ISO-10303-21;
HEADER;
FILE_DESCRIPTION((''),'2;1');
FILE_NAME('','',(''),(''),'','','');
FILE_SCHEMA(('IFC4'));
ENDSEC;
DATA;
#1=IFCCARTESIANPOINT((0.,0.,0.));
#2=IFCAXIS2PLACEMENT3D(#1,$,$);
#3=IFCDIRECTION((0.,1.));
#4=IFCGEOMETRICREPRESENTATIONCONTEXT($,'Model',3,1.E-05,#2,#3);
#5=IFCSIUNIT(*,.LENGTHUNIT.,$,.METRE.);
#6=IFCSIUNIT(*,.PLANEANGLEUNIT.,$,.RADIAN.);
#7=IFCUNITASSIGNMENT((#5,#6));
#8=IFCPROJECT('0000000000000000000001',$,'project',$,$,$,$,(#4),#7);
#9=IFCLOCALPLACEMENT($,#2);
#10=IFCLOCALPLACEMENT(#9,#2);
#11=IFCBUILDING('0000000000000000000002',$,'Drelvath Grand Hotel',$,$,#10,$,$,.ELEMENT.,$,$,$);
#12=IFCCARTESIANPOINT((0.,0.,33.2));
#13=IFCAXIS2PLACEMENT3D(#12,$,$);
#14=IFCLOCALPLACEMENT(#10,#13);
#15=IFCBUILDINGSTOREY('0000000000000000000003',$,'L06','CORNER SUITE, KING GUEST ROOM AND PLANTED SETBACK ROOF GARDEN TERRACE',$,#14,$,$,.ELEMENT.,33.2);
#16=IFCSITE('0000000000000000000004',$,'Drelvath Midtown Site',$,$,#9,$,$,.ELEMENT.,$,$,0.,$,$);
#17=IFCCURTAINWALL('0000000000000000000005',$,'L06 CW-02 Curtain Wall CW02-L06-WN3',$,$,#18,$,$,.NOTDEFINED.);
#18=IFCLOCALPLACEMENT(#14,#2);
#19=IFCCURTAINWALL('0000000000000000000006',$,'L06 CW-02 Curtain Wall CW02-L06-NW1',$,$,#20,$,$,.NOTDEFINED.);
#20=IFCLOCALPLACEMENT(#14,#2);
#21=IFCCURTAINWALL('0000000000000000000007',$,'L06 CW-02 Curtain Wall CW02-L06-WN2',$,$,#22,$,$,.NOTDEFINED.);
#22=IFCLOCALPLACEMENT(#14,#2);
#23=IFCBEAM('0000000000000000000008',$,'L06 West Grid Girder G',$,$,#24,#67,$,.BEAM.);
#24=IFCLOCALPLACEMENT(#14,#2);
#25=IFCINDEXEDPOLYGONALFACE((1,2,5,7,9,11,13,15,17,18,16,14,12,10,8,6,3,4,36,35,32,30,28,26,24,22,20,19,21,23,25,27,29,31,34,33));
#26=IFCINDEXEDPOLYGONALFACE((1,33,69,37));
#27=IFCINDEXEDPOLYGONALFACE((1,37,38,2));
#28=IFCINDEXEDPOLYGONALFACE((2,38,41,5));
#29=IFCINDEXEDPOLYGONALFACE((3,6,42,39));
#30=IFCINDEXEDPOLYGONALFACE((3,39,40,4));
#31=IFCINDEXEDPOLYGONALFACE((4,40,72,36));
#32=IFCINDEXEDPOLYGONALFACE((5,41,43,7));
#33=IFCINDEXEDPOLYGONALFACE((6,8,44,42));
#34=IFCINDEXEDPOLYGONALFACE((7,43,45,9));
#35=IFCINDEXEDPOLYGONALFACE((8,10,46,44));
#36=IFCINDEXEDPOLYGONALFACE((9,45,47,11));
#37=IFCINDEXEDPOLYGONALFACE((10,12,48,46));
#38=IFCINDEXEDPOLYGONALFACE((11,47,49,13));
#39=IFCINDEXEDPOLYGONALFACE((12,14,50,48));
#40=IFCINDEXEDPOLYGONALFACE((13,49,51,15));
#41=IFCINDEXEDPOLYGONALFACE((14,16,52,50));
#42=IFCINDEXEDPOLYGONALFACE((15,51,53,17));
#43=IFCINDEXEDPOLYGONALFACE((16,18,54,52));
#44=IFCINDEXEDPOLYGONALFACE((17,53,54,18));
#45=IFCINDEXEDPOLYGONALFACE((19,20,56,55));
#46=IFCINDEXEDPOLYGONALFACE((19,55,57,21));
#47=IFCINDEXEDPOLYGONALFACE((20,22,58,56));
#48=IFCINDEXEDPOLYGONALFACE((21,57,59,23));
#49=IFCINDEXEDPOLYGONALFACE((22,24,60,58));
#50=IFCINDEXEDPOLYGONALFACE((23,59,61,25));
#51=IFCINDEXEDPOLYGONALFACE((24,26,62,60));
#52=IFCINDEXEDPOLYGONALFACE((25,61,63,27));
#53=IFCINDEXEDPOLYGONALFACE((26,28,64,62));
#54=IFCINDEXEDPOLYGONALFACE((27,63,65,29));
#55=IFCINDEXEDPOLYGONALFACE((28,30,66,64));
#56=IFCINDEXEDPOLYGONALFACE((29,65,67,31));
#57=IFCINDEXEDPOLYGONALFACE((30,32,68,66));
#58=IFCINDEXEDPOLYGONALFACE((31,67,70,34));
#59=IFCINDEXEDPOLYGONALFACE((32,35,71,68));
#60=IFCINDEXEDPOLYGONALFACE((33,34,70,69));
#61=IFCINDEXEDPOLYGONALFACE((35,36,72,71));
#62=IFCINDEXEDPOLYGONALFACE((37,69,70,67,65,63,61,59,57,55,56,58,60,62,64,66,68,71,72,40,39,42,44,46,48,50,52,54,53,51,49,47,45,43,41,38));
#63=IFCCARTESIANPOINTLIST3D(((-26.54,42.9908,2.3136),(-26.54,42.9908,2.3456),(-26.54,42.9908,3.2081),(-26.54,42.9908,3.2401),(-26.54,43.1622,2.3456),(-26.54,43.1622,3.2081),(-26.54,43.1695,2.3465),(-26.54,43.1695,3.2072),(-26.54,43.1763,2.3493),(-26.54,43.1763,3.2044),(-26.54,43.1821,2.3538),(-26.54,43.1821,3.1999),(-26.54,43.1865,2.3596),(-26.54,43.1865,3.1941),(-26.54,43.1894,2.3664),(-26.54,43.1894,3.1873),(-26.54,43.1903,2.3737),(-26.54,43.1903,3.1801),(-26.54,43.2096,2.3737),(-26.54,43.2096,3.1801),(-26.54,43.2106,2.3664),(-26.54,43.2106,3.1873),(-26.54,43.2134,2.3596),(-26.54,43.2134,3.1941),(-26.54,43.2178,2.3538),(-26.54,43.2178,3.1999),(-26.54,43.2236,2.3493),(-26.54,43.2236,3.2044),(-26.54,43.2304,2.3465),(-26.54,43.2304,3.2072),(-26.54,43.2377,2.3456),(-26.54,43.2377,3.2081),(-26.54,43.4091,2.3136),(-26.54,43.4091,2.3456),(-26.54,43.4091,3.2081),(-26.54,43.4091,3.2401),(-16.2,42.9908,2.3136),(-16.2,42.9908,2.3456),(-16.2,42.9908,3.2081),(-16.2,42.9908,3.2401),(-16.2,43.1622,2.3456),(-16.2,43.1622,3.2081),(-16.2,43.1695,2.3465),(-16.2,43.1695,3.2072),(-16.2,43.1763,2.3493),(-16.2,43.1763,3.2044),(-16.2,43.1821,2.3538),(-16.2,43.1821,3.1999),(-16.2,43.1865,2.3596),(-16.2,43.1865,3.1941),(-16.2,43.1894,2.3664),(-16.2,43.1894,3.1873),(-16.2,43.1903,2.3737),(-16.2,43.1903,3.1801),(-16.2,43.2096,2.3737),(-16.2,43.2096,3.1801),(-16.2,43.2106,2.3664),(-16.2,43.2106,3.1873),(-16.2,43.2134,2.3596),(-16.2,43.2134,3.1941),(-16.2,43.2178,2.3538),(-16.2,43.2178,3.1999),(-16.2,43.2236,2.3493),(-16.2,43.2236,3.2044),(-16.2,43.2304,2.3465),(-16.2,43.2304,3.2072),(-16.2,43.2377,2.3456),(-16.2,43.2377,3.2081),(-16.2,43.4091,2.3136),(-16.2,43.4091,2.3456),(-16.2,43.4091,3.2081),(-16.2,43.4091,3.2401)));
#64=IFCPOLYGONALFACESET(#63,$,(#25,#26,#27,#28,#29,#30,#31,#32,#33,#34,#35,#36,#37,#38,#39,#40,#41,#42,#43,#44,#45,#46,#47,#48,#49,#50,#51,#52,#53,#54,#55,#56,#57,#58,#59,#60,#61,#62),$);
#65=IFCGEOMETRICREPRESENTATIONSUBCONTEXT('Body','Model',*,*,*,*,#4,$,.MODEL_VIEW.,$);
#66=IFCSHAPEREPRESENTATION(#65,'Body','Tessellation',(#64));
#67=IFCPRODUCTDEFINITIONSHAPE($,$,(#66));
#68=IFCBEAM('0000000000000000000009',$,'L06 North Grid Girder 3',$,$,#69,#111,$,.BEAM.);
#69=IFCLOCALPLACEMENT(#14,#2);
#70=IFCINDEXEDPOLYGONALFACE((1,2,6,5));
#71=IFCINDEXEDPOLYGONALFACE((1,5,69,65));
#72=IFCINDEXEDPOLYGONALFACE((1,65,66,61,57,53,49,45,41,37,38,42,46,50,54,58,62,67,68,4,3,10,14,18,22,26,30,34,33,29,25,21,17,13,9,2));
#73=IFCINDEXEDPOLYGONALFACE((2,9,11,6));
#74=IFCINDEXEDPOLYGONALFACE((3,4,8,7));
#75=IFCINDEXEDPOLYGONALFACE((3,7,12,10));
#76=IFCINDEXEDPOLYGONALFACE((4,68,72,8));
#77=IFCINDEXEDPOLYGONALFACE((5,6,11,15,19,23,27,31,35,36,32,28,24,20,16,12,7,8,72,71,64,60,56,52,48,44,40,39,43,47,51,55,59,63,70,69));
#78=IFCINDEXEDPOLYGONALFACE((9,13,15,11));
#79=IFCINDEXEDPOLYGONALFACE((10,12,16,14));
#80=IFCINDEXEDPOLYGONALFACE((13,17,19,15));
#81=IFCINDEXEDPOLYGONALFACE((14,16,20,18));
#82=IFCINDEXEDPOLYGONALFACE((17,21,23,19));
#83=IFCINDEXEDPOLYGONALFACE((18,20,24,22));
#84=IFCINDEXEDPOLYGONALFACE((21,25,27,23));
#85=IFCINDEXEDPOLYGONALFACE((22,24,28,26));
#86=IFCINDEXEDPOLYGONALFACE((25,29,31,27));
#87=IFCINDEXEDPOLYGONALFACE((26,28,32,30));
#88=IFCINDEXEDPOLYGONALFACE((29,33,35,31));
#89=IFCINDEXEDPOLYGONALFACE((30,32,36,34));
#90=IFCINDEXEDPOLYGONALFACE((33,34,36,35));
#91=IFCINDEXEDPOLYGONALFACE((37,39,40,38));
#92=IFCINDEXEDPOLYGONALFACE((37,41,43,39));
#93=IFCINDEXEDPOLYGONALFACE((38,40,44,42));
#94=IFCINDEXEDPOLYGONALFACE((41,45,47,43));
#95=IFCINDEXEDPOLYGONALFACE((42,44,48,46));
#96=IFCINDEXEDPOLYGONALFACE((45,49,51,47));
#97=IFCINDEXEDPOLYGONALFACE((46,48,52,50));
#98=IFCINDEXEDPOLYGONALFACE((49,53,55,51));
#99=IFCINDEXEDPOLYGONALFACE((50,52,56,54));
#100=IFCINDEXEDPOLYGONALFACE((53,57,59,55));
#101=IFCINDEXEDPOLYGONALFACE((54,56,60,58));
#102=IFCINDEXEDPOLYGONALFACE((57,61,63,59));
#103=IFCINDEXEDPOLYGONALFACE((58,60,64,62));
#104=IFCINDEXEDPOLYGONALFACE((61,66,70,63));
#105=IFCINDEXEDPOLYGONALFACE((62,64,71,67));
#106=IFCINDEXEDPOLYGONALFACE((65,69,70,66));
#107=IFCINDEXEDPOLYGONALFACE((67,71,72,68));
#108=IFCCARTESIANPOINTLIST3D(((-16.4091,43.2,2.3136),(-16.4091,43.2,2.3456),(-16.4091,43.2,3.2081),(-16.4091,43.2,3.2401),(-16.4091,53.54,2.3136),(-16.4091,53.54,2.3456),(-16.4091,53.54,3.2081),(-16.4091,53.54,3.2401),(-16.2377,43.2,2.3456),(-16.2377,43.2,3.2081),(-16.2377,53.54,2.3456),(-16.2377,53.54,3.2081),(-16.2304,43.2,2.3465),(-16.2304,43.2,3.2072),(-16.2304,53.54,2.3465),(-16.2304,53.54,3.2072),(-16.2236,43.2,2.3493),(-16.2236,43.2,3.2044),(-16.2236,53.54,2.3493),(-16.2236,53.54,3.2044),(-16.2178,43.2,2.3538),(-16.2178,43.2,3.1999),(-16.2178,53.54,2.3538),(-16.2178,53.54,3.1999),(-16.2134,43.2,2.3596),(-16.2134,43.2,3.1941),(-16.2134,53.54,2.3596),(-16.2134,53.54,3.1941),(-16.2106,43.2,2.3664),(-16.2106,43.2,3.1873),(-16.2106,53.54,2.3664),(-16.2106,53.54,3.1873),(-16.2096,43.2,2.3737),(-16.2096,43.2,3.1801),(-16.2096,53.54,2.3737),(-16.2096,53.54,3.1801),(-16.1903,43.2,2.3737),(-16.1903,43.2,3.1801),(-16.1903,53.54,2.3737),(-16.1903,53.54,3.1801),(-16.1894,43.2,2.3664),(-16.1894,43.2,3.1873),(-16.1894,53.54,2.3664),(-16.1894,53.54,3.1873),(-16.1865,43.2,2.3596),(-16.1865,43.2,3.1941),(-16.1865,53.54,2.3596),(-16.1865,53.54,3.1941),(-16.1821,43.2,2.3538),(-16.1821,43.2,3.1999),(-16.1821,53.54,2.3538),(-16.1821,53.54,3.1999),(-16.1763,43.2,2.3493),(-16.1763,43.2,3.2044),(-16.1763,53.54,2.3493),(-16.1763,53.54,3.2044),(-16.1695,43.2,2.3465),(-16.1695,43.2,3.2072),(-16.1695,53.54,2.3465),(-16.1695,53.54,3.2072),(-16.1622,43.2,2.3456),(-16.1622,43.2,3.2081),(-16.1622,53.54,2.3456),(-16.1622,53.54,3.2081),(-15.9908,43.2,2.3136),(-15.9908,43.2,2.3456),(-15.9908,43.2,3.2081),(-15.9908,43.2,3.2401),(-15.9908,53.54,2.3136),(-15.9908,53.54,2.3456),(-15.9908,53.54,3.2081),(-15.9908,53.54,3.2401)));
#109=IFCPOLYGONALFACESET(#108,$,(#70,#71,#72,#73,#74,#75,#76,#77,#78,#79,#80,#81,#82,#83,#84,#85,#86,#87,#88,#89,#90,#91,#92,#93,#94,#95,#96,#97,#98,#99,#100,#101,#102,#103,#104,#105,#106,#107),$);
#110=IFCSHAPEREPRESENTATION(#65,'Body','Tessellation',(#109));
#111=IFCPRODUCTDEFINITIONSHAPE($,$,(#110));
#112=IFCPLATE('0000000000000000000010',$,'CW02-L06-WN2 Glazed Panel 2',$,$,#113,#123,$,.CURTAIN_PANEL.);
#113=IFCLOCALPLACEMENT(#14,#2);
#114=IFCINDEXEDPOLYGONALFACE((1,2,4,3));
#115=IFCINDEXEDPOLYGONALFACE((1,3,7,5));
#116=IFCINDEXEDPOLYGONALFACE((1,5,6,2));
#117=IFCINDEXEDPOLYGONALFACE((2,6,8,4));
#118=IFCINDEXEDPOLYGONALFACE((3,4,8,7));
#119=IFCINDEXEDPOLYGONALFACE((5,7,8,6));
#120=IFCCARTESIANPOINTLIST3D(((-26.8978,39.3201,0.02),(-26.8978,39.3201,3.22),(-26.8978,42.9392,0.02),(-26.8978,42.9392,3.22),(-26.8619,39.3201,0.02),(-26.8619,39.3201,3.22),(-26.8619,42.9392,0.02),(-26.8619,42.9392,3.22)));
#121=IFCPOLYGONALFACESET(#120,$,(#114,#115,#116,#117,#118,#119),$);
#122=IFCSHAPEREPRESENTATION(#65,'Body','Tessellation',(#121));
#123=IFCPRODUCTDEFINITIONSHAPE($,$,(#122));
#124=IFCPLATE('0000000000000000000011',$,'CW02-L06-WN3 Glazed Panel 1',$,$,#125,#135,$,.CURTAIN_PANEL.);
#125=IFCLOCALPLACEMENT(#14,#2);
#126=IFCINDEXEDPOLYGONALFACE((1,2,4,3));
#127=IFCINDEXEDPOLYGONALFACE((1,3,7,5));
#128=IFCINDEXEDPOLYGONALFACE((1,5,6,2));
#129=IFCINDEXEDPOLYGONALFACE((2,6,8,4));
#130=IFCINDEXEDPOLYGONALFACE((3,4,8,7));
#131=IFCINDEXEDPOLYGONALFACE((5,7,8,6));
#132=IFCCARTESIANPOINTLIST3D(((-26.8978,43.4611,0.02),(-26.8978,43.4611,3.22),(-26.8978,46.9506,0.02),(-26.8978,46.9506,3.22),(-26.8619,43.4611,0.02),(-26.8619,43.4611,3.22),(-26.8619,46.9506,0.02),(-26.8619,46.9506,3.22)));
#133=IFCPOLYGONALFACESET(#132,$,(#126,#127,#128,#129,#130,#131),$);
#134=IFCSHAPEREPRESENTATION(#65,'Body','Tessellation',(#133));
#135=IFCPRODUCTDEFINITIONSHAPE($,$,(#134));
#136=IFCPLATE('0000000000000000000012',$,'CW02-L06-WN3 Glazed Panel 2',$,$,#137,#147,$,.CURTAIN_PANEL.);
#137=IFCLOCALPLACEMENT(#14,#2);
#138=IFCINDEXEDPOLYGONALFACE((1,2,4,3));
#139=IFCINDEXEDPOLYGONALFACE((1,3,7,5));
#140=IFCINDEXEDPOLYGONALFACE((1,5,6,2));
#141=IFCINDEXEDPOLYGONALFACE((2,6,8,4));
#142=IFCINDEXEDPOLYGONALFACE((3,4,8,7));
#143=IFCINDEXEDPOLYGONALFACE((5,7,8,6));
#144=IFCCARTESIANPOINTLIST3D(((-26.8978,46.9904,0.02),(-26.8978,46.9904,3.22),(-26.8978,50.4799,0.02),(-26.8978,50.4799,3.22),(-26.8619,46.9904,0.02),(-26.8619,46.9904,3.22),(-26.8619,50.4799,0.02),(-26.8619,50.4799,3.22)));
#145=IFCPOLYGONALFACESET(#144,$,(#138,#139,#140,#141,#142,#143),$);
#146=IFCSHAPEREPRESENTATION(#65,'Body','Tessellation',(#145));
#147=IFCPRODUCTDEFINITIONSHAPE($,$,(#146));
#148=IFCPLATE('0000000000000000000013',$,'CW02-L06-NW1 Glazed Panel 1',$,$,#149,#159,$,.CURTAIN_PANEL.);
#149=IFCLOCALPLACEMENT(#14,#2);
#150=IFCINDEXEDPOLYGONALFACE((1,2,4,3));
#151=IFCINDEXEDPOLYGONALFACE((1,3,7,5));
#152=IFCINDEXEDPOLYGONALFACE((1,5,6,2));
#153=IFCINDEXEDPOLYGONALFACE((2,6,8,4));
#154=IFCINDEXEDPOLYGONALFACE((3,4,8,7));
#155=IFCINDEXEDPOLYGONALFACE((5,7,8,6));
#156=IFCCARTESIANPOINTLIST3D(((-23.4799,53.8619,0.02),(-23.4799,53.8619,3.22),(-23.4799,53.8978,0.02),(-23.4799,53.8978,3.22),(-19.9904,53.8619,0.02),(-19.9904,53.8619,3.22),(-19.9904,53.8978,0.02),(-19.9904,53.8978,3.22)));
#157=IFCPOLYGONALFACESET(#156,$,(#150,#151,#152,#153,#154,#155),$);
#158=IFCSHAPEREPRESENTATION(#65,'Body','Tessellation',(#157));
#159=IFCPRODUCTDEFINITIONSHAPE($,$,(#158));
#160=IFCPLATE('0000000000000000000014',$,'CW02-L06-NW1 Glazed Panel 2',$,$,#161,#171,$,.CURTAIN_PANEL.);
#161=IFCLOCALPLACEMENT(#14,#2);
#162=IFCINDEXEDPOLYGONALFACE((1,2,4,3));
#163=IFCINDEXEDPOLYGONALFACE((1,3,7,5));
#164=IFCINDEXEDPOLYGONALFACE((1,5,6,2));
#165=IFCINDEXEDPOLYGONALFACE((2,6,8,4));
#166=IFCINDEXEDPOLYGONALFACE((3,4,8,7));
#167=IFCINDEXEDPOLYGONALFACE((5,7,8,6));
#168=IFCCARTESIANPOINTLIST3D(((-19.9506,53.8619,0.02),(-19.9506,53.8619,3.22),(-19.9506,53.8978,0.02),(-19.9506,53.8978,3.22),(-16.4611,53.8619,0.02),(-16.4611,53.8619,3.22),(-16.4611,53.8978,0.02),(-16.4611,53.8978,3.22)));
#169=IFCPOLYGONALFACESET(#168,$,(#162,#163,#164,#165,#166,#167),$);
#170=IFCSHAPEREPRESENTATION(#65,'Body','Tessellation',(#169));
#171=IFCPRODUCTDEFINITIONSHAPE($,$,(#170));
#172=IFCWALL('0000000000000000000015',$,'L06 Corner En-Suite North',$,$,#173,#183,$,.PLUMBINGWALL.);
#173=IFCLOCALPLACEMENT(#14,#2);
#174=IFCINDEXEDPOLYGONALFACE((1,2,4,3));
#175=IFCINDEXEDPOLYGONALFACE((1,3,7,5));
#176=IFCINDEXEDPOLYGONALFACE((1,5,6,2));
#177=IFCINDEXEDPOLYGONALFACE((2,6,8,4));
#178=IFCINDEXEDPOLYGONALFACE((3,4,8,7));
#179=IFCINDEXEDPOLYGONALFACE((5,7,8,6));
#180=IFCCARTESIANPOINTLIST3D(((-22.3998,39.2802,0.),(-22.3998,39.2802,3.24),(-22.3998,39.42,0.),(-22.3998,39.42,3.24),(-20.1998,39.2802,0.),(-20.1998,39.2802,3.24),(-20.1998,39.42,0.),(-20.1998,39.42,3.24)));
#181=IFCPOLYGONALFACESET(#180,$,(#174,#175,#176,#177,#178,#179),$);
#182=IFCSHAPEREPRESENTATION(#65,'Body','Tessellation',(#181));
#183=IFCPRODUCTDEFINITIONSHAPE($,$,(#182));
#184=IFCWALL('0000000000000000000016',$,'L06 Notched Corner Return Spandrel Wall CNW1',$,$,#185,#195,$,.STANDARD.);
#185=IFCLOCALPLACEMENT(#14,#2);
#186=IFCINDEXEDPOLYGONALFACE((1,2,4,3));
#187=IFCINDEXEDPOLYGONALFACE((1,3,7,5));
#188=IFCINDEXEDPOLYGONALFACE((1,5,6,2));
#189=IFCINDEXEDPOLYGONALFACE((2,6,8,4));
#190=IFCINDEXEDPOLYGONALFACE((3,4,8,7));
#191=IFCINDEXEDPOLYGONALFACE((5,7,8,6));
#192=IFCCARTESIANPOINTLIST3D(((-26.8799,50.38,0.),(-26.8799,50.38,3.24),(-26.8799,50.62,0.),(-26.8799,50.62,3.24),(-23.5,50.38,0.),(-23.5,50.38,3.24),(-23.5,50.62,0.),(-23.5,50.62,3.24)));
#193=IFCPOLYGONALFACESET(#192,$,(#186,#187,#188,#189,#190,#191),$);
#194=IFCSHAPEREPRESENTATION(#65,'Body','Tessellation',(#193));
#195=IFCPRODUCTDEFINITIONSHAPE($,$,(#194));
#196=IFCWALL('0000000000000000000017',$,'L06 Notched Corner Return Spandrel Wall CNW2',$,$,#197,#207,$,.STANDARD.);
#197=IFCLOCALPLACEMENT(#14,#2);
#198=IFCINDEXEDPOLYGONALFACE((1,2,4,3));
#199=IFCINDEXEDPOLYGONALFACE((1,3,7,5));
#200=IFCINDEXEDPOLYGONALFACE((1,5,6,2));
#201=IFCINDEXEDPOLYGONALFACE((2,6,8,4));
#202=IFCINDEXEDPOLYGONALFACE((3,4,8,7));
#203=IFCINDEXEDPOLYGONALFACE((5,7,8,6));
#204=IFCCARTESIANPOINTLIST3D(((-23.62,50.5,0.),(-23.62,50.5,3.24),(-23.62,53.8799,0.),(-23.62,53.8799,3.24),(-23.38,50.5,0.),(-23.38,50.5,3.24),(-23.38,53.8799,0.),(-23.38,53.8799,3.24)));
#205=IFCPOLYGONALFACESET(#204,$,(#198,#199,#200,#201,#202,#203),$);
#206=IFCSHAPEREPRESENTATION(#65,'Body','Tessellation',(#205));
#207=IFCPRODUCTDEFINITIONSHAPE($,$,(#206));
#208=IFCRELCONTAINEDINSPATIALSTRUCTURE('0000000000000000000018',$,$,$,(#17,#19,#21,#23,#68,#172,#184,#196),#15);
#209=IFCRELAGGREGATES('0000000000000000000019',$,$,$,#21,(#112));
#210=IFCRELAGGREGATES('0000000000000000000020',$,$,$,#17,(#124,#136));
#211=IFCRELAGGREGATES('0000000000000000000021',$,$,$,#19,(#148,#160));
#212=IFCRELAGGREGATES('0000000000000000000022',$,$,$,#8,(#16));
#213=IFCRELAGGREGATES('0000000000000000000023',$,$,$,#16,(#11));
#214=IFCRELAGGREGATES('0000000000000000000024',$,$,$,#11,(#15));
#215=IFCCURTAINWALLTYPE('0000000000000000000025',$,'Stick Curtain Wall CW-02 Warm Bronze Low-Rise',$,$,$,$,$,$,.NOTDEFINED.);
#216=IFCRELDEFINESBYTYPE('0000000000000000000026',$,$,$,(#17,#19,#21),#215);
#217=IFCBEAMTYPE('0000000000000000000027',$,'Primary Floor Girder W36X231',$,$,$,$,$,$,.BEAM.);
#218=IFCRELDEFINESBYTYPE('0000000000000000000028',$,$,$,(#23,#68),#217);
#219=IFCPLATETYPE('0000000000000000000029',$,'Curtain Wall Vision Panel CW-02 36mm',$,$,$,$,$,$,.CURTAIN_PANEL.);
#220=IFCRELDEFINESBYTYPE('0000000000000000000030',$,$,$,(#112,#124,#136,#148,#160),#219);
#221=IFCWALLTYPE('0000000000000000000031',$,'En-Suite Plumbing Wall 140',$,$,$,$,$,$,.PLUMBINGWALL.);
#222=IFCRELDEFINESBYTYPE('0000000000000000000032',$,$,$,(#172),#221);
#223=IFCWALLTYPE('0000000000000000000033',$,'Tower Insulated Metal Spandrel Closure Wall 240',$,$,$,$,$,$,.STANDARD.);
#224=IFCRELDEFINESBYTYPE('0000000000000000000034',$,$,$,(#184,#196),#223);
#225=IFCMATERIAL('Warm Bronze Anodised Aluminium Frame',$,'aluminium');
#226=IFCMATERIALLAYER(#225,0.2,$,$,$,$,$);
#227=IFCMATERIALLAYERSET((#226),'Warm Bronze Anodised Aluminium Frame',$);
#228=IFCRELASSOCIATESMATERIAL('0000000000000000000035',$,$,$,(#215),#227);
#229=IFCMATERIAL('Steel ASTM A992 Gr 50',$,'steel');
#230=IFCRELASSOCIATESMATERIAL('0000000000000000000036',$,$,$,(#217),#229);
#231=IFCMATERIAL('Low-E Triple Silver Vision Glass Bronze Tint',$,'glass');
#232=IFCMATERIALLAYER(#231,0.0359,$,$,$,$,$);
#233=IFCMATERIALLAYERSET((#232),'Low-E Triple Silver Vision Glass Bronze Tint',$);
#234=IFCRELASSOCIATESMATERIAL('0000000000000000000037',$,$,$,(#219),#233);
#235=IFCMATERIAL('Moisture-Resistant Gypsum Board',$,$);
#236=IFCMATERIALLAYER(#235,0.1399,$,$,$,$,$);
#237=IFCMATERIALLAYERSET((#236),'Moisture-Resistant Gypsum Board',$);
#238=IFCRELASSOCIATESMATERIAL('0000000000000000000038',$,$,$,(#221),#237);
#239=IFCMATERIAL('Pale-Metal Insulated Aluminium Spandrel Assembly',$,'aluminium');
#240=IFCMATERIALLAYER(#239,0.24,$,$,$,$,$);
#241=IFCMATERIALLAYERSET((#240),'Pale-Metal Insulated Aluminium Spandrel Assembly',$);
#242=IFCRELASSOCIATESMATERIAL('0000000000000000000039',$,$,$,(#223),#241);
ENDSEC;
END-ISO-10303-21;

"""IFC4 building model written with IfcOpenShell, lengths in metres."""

from ifc_helpers import new_model, si_unit, direction, frame, frame_2d, origin, origin_2d, place, context, subcontext, project, spatial, rectangle, i_section, extrude, material, layer, layer_set, material_profile, profile_set, type_object, element, aggregate, save


model = new_model("IFC4")

# Units and contexts
model_context = context("Model", 3, precision=1e-05, world=origin(), true_north=direction((0.0, 1.0)))
body_context = subcontext(model_context, "Body", "Model", "MODEL_VIEW")
ifc_project = project(units=[si_unit("LENGTHUNIT", "METRE"), si_unit("PLANEANGLEUNIT", "RADIAN")], contexts=[model_context])

# Site, building, storey
site_placement = place(None, origin())
site = spatial("IfcSite", under=ifc_project, at=site_placement, Name="Drelvath Midtown Site", CompositionType="ELEMENT", RefElevation=0.0)
building_placement = place(site_placement, origin())
building = spatial("IfcBuilding", under=site, at=building_placement, Name="Drelvath Grand Hotel", CompositionType="ELEMENT")
storey_placement = place(building_placement, frame((0.0, 0.0, 33.2)))
storey = spatial("IfcBuildingStorey", under=building, at=storey_placement, Name="L06", Description="CORNER SUITE, KING GUEST ROOM AND PLANTED SETBACK ROOF GARDEN TERRACE", CompositionType="ELEMENT", Elevation=33.2)

# Shared definitions
ifc_material_1 = material(Name="Steel ASTM A992 Gr 50", Category="steel")

# Curtain walls
ifc_material_2 = material(Name="Warm Bronze Anodised Aluminium Frame", Category="aluminium")
ifc_layer_1 = layer(ifc_material_2, 0.2)
ifc_layer_set_1 = layer_set([ifc_layer_1], Name="Warm Bronze Anodised Aluminium Frame")
curtain_wall_type = type_object("IfcCurtainWallType", Name="Stick Curtain Wall CW-02 Warm Bronze Low-Rise", PredefinedType="NOTDEFINED", material=ifc_layer_set_1)
curtain_wall_1_placement = place(storey_placement, origin())
curtain_wall_1 = element("IfcCurtainWall", 1, at=curtain_wall_1_placement, inside=storey, type_object=curtain_wall_type, Name="L06 CW-02 Curtain Wall CW02-L06-WN3", PredefinedType="NOTDEFINED")
curtain_wall_2_placement = place(storey_placement, origin())
curtain_wall_2 = element("IfcCurtainWall", 2, at=curtain_wall_2_placement, inside=storey, type_object=curtain_wall_type, Name="L06 CW-02 Curtain Wall CW02-L06-NW1", PredefinedType="NOTDEFINED")

# Curtain wall
curtain_wall_3_placement = place(storey_placement, origin())
curtain_wall_3 = element("IfcCurtainWall", 3, at=curtain_wall_3_placement, inside=storey, type_object=curtain_wall_type, Name="L06 CW-02 Curtain Wall CW02-L06-WN2", PredefinedType="NOTDEFINED")

# Beams
ifc_material_profile_1 = material_profile(ifc_material_1, i_section(OverallWidth=0.4182, OverallDepth=0.9265, WebThickness=0.0193, FlangeThickness=0.032, FilletRadius=0.0281, at=origin_2d()), Name="W36X231")
ifc_profile_set_1 = profile_set([ifc_material_profile_1], Name="Steel ASTM A992 Gr 50")
beam_type_1 = type_object("IfcBeamType", Name="Primary Floor Girder W36X231", PredefinedType="BEAM", material=ifc_profile_set_1)
for number, where, z_axis, x_axis, name in (
    (4, (-26.54, 43.2, 2.7769), (1.0, 0.0, 0.0), (0.0, 1.0, 0.0), "L06 West Grid Girder G"),
    (5, (-16.2, 43.2, 2.7769), (0.0, 1.0, 0.0), (-1.0, 0.0, 0.0), "L06 North Grid Girder 3"),
):
    element("IfcBeam", number, at=place(storey_placement, frame(where, z_axis=z_axis, x_axis=x_axis)), inside=storey, type_object=beam_type_1, Name=name, PredefinedType="BEAM", context=body_context, shape_type="SweptSolid", body=[
        extrude(i_section(OverallWidth=0.4182, OverallDepth=0.9265, WebThickness=0.0193, FlangeThickness=0.032, FilletRadius=0.0281, at=origin_2d()), origin(), (0.0, 0.0, 1.0), 10.3401),
    ])

# Plates
ifc_material_3 = material(Name="Low-E Triple Silver Vision Glass Bronze Tint", Category="glass")
ifc_layer_2 = layer(ifc_material_3, 0.0359)
ifc_layer_set_2 = layer_set([ifc_layer_2], Name="Low-E Triple Silver Vision Glass Bronze Tint")
plate_type = type_object("IfcPlateType", Name="Curtain Wall Vision Panel CW-02 36mm", PredefinedType="CURTAIN_PANEL", material=ifc_layer_set_2)
plate_1_placement = place(storey_placement, frame((-26.8799, 41.1296, 0.02), z_axis=(0.0, 0.0, 1.0), x_axis=(0.0, 1.0, 0.0)))
plate_1 = element("IfcPlate", 6, at=plate_1_placement, type_object=plate_type, Name="CW02-L06-WN2 Glazed Panel 2", PredefinedType="CURTAIN_PANEL", context=body_context, shape_type="SweptSolid", body=[
    extrude(rectangle(XDim=3.6191, YDim=0.0359, at=origin_2d()), origin(), (0.0, 0.0, 1.0), 3.2),
])
aggregate(curtain_wall_3, [plate_1])
plate_2_placement = place(storey_placement, frame((-26.8799, 45.2058, 0.02), z_axis=(0.0, 0.0, 1.0), x_axis=(0.0, 1.0, 0.0)))
plate_2 = element("IfcPlate", 7, at=plate_2_placement, type_object=plate_type, Name="CW02-L06-WN3 Glazed Panel 1", PredefinedType="CURTAIN_PANEL", context=body_context, shape_type="SweptSolid", body=[
    extrude(rectangle(XDim=3.4895, YDim=0.0359, at=origin_2d()), origin(), (0.0, 0.0, 1.0), 3.2),
])
plate_3_placement = place(storey_placement, frame((-26.8799, 48.7351, 0.02), z_axis=(0.0, 0.0, 1.0), x_axis=(0.0, 1.0, 0.0)))
plate_3 = element("IfcPlate", 8, at=plate_3_placement, type_object=plate_type, Name="CW02-L06-WN3 Glazed Panel 2", PredefinedType="CURTAIN_PANEL", context=body_context, shape_type="SweptSolid", body=[
    extrude(rectangle(XDim=3.4895, YDim=0.0359, at=origin_2d()), origin(), (0.0, 0.0, 1.0), 3.2),
])
aggregate(curtain_wall_1, [plate_2, plate_3])
plate_4_placement = place(storey_placement, frame((-21.7351, 53.8799, 0.02), z_axis=(0.0, 0.0, 1.0), x_axis=(1.0, 0.0, 0.0)))
plate_4 = element("IfcPlate", 9, at=plate_4_placement, type_object=plate_type, Name="CW02-L06-NW1 Glazed Panel 1", PredefinedType="CURTAIN_PANEL", context=body_context, shape_type="SweptSolid", body=[
    extrude(rectangle(XDim=3.4895, YDim=0.0359, at=origin_2d()), origin(), (0.0, 0.0, 1.0), 3.2),
])
plate_5_placement = place(storey_placement, frame((-18.2058, 53.8799, 0.02), z_axis=(0.0, 0.0, 1.0), x_axis=(1.0, 0.0, 0.0)))
plate_5 = element("IfcPlate", 10, at=plate_5_placement, type_object=plate_type, Name="CW02-L06-NW1 Glazed Panel 2", PredefinedType="CURTAIN_PANEL", context=body_context, shape_type="SweptSolid", body=[
    extrude(rectangle(XDim=3.4895, YDim=0.0359, at=origin_2d()), origin(), (0.0, 0.0, 1.0), 3.2),
])
aggregate(curtain_wall_2, [plate_4, plate_5])

# Walls
ifc_material_4 = material(Name="Moisture-Resistant Gypsum Board")
ifc_layer_3 = layer(ifc_material_4, 0.1399)
ifc_layer_set_3 = layer_set([ifc_layer_3], Name="Moisture-Resistant Gypsum Board")
wall_type_1 = type_object("IfcWallType", Name="En-Suite Plumbing Wall 140", PredefinedType="PLUMBINGWALL", material=ifc_layer_set_3)
wall_placement = place(storey_placement, frame((-22.3999, 39.3501, 0.0), z_axis=(0.0, 0.0, 1.0), x_axis=(1.0, 0.0, 0.0)))
element("IfcWall", 11, at=wall_placement, inside=storey, type_object=wall_type_1, Name="L06 Corner En-Suite North", PredefinedType="PLUMBINGWALL", context=body_context, shape_type="SweptSolid", body=[
    extrude(rectangle(XDim=2.2, YDim=0.1399, at=frame_2d((1.1001, 0.0))), origin(), (0.0, 0.0, 1.0), 3.24),
])
ifc_material_5 = material(Name="Pale-Metal Insulated Aluminium Spandrel Assembly", Category="aluminium")
ifc_layer_4 = layer(ifc_material_5, 0.24)
ifc_layer_set_4 = layer_set([ifc_layer_4], Name="Pale-Metal Insulated Aluminium Spandrel Assembly")
wall_type_2 = type_object("IfcWallType", Name="Tower Insulated Metal Spandrel Closure Wall 240", PredefinedType="STANDARD", material=ifc_layer_set_4)
for number, where, z_axis, x_axis, name in (
    (12, (-26.8799, 50.5, 0.0), (0.0, 0.0, 1.0), (1.0, 0.0, 0.0), "L06 Notched Corner Return Spandrel Wall CNW1"),
    (13, (-23.5, 50.5, 0.0), (0.0, 0.0, 1.0), (0.0, 1.0, 0.0), "L06 Notched Corner Return Spandrel Wall CNW2"),
):
    element("IfcWall", number, at=place(storey_placement, frame(where, z_axis=z_axis, x_axis=x_axis)), inside=storey, type_object=wall_type_2, Name=name, PredefinedType="STANDARD", context=body_context, shape_type="SweptSolid", body=[
        extrude(rectangle(XDim=3.3799, YDim=0.24, at=frame_2d((1.6899, 0.0))), origin(), (0.0, 0.0, 1.0), 3.24),
    ])

save(model, "model.ifc")
